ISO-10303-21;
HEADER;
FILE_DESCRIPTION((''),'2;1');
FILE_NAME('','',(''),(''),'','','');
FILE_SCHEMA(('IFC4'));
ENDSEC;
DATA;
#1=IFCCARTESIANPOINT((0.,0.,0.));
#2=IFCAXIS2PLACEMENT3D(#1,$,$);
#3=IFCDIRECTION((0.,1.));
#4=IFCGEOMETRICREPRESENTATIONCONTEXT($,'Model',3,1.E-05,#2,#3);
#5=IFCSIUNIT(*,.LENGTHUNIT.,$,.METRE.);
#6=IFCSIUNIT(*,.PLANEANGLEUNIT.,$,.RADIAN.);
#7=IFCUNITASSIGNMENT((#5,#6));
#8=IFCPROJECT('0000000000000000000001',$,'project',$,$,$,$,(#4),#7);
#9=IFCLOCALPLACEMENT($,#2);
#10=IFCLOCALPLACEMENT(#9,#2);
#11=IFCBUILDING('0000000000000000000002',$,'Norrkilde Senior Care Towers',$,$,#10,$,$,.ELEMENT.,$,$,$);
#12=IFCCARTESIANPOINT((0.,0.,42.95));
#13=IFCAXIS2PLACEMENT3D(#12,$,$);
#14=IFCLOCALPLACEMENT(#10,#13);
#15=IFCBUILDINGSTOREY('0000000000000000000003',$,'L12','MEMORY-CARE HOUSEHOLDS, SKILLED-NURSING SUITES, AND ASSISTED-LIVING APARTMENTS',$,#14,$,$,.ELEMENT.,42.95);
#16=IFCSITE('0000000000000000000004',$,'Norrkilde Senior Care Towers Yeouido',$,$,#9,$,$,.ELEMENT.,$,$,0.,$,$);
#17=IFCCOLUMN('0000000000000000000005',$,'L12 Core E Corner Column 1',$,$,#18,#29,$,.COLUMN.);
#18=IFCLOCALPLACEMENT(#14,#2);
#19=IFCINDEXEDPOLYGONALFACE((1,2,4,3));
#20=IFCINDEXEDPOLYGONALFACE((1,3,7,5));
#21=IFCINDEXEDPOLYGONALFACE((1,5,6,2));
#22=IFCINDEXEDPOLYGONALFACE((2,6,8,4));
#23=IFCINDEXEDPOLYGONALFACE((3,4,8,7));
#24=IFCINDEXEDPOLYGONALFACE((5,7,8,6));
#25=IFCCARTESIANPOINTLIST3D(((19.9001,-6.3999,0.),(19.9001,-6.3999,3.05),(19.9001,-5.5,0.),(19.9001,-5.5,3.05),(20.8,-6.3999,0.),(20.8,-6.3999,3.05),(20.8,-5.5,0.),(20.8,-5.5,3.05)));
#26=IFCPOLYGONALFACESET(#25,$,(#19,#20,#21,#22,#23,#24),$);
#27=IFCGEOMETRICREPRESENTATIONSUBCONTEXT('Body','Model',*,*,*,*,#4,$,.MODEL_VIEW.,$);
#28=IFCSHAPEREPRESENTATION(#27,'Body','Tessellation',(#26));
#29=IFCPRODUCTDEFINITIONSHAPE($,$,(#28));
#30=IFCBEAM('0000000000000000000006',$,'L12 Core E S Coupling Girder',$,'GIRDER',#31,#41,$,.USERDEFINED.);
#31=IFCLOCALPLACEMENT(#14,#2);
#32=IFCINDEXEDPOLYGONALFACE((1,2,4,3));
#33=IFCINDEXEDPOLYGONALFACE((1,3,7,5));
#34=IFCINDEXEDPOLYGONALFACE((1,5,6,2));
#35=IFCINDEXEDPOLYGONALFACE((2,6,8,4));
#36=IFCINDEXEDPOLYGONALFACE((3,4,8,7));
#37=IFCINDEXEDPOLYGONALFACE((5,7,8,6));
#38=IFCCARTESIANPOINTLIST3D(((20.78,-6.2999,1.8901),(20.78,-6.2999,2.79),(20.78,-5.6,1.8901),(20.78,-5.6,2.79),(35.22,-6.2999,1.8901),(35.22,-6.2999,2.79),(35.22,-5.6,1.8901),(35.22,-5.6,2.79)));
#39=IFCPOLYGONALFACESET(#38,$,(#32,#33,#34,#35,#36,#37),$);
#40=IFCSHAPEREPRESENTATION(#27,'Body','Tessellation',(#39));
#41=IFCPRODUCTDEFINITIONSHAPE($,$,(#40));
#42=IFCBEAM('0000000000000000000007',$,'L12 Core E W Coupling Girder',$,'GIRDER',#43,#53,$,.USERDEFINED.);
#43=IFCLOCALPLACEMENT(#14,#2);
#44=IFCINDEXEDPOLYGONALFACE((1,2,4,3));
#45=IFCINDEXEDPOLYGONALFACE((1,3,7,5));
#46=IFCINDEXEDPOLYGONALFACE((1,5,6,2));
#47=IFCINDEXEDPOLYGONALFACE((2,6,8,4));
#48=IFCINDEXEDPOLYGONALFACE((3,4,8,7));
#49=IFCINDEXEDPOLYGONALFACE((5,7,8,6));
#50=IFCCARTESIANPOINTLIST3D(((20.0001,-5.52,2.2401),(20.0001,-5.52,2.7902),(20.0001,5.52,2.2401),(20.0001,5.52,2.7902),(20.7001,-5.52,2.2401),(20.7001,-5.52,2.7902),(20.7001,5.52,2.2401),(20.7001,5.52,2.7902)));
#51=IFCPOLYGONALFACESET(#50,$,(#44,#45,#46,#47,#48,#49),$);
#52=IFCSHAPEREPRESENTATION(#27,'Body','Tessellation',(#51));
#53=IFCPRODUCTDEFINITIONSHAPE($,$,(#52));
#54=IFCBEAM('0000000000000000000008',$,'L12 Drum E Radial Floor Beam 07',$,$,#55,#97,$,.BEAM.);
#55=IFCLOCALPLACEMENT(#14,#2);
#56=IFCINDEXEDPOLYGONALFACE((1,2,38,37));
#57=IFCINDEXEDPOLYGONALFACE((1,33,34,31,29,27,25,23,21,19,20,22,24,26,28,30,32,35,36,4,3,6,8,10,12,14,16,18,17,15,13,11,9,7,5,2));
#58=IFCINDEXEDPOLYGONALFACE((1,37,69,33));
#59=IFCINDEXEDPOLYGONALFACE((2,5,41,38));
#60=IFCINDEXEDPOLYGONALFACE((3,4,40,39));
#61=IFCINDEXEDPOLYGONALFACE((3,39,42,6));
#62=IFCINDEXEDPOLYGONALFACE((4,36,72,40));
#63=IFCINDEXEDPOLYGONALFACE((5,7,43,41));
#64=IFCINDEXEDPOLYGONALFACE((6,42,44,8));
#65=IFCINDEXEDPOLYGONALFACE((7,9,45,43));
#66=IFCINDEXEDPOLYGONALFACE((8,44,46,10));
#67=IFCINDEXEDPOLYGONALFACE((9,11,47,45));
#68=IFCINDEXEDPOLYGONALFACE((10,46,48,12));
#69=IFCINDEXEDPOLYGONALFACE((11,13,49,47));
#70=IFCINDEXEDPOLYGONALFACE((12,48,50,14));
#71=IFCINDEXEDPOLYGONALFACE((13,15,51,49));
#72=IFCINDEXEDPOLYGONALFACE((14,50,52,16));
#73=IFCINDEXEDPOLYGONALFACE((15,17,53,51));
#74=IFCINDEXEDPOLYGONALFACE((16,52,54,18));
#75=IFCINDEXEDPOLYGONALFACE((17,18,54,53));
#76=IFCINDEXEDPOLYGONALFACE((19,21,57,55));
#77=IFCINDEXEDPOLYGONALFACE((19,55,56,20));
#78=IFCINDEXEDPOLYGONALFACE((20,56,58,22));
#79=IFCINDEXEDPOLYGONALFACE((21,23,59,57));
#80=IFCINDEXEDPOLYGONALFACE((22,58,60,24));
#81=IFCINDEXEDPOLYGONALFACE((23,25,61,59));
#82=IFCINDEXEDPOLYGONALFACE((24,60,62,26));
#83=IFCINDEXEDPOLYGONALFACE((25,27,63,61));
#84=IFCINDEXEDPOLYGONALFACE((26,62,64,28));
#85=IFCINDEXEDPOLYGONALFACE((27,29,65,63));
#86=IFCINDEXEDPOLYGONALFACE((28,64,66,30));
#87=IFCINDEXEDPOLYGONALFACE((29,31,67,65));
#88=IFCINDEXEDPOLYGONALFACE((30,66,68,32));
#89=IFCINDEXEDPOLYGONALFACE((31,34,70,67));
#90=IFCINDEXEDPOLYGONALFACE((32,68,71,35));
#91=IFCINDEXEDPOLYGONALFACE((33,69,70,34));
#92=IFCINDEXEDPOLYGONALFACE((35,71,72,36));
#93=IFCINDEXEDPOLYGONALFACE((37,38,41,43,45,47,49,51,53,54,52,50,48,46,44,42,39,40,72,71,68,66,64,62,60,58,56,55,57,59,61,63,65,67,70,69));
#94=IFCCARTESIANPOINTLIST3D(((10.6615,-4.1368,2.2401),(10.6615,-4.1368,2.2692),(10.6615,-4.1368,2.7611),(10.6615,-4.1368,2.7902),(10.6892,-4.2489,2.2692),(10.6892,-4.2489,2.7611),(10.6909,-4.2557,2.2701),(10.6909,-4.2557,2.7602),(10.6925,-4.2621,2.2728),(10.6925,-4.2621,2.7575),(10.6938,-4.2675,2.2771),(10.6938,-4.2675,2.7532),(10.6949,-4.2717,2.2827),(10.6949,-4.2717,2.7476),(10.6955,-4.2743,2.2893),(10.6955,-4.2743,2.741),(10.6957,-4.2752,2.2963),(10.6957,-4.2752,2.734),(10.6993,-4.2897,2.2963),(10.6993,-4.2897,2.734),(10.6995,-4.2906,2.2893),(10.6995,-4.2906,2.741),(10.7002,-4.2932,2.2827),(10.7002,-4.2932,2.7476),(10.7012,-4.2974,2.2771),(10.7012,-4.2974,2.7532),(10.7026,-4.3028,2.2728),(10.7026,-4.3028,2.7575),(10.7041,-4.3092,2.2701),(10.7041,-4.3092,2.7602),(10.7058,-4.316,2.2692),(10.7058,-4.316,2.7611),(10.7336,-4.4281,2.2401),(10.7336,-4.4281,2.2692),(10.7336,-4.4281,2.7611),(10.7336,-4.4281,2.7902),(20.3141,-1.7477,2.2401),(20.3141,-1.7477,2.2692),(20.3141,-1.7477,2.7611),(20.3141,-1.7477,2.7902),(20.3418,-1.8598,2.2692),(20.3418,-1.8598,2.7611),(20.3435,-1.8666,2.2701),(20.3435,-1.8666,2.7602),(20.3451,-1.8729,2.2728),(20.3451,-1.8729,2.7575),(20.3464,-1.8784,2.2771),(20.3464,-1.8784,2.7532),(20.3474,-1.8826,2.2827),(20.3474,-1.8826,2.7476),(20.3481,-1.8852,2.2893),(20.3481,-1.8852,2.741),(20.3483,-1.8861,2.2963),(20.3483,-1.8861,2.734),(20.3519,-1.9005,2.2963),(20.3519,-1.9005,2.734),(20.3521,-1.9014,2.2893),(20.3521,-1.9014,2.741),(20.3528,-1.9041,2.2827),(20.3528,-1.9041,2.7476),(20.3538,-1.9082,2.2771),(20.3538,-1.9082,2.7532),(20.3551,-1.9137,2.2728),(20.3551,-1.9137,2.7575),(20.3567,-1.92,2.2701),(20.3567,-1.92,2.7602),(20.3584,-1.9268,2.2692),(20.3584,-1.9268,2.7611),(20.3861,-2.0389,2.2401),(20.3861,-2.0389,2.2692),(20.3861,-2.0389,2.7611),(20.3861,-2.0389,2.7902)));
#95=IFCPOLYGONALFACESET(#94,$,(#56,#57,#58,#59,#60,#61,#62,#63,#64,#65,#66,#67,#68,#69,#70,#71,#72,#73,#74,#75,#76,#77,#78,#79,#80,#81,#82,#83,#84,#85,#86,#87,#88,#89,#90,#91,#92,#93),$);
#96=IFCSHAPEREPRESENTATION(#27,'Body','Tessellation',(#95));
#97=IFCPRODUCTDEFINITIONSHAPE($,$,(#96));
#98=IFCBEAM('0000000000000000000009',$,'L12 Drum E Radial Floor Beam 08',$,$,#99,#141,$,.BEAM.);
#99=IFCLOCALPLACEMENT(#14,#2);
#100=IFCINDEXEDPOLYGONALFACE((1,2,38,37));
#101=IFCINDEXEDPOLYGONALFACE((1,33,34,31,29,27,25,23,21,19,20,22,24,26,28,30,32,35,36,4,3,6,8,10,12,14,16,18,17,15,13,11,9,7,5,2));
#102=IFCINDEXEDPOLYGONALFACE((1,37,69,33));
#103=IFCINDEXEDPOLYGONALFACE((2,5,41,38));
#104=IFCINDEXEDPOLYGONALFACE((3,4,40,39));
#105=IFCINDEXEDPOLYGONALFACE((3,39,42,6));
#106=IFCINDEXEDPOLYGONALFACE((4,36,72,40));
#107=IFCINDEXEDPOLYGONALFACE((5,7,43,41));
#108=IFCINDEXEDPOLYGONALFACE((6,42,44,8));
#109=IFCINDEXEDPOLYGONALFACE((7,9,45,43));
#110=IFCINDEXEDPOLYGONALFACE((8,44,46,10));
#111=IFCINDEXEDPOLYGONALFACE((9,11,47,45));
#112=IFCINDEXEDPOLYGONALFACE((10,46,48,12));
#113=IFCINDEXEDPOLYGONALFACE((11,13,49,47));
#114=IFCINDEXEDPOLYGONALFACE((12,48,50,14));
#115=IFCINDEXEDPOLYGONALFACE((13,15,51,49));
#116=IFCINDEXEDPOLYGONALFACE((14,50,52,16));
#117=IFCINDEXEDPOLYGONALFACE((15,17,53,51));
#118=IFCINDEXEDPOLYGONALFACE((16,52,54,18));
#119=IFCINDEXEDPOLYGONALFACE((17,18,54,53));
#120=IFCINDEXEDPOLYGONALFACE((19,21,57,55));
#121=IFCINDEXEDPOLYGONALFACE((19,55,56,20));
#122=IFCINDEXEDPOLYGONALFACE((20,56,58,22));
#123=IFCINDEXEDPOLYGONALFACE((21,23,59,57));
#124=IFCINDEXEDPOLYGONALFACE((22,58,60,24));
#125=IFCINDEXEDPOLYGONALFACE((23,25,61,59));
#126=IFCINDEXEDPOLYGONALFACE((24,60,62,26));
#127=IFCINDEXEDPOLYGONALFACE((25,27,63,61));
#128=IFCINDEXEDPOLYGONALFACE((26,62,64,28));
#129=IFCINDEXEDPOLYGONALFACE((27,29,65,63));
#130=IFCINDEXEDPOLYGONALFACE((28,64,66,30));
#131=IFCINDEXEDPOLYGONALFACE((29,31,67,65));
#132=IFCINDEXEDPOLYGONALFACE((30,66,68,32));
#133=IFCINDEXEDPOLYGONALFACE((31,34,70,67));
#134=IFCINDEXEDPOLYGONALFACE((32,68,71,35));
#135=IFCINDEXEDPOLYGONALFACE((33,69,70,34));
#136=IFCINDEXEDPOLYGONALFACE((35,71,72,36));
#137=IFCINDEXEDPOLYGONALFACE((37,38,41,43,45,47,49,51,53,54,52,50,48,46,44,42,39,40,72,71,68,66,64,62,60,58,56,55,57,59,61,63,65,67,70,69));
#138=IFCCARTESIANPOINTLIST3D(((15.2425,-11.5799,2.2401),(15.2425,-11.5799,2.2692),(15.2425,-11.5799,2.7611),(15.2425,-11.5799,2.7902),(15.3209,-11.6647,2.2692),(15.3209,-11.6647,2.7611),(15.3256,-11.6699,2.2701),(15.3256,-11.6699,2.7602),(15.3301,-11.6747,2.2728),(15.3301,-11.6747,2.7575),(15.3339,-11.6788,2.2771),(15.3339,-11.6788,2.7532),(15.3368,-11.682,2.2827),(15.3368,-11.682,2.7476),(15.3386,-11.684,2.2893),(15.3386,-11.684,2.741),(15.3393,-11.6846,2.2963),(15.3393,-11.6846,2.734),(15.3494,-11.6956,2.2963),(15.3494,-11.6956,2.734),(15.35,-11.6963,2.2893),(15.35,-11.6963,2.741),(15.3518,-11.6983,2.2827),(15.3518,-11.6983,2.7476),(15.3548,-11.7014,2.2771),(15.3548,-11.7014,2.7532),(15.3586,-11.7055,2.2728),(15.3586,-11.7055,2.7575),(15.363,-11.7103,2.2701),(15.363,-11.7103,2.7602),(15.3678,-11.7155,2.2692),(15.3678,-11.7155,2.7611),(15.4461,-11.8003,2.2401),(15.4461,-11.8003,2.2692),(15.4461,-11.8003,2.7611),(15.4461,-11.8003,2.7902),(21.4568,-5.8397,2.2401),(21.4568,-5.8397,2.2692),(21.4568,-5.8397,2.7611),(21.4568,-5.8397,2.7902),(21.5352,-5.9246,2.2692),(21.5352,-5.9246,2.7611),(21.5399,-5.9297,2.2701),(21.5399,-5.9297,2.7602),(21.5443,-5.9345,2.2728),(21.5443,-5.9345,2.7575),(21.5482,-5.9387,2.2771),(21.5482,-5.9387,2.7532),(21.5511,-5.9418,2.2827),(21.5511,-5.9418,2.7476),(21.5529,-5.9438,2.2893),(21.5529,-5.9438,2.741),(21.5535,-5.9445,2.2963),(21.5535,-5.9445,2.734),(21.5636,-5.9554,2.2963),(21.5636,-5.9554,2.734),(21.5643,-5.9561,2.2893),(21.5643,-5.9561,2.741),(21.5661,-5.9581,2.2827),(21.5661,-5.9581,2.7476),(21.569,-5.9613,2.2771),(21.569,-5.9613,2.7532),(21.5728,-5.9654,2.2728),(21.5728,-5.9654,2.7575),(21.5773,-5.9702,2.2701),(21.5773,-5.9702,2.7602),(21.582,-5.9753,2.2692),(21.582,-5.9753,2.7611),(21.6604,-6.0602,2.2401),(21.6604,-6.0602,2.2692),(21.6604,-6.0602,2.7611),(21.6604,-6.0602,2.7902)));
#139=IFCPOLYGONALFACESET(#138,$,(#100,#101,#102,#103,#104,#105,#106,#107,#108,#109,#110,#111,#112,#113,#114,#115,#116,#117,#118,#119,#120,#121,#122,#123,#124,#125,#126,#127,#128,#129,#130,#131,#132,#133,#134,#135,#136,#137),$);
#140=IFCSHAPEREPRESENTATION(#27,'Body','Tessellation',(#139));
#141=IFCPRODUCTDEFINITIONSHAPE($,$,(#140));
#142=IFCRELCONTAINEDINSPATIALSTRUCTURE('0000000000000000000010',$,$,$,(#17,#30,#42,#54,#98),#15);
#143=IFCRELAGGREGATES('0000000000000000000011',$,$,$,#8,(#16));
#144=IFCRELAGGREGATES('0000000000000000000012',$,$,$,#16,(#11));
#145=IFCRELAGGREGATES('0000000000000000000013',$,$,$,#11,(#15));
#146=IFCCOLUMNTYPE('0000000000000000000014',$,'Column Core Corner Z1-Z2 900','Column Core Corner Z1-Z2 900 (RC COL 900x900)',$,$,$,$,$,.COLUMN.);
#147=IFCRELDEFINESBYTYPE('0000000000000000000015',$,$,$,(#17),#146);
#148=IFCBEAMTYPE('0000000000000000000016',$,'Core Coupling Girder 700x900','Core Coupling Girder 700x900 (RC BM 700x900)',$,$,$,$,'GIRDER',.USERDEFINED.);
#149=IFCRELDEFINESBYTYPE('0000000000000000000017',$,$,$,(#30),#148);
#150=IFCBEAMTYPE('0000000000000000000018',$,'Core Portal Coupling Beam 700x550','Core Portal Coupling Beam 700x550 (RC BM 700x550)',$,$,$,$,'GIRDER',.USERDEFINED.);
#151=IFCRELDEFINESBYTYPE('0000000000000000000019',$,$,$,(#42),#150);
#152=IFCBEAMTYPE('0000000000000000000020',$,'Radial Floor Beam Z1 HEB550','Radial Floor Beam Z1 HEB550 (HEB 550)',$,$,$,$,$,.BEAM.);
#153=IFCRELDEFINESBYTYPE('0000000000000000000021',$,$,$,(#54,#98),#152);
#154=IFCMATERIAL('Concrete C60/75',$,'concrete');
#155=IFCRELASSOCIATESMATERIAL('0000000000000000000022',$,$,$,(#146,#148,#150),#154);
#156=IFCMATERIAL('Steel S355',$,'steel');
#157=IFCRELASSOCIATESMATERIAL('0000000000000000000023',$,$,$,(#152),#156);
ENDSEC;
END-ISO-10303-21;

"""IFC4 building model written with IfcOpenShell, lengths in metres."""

from ifc_helpers import new_model, si_unit, direction, frame, origin, origin_2d, place, context, subcontext, project, spatial, rectangle, i_section, extrude, source, transform, mapped, material, material_profile, profile_set, type_object, type_shapes, element, save


model = new_model("IFC4")

# Units and contexts
model_context = context("Model", 3, precision=1e-05, world=origin(), true_north=direction((0.0, 1.0)))
body_context = subcontext(model_context, "Body", "Model", "MODEL_VIEW")
ifc_project = project(units=[si_unit("LENGTHUNIT", "METRE"), si_unit("PLANEANGLEUNIT", "RADIAN")], contexts=[model_context])

# Site, building, storey
site_placement = place(None, origin())
site = spatial("IfcSite", under=ifc_project, at=site_placement, Name="Norrkilde Senior Care Towers Yeouido", CompositionType="ELEMENT", RefElevation=0.0)
building_placement = place(site_placement, origin())
building = spatial("IfcBuilding", under=site, at=building_placement, Name="Norrkilde Senior Care Towers", CompositionType="ELEMENT")
storey_placement = place(building_placement, frame((0.0, 0.0, 42.95)))
storey = spatial("IfcBuildingStorey", under=building, at=storey_placement, Name="L12", Description="MEMORY-CARE HOUSEHOLDS, SKILLED-NURSING SUITES, AND ASSISTED-LIVING APARTMENTS", CompositionType="ELEMENT", Elevation=42.95)

# Column
ifc_material_1 = material(Name="Concrete C60/75", Category="concrete")
ifc_material_profile_1 = material_profile(ifc_material_1, rectangle(XDim=0.8999, YDim=0.8999, at=origin_2d()), Name="RC COL 900x900")
ifc_profile_set_1 = profile_set([ifc_material_profile_1], Name="Concrete C60/75")
column_type = type_object("IfcColumnType", Name="Column Core Corner Z1-Z2 900", Description="Column Core Corner Z1-Z2 900 (RC COL 900x900)", PredefinedType="COLUMN", material=ifc_profile_set_1)
shared_shape_1 = source(origin(), body_context, "Body", "SweptSolid", [
    extrude(rectangle(XDim=0.8999, YDim=0.8999, at=origin_2d()), origin(), (0.0, 0.0, 1.0), 3.05),
])
type_shapes(column_type, [shared_shape_1])
column_placement = place(storey_placement, frame((20.3501, -5.95, 0.0), z_axis=(0.0, 0.0, 1.0), x_axis=(1.0, 0.0, 0.0)))
element("IfcColumn", 1, at=column_placement, inside=storey, type_object=column_type, Name="L12 Core E Corner Column 1", PredefinedType="COLUMN", context=body_context, shape_type="MappedRepresentation", body=[
    mapped(shared_shape_1, transform((0.0, 0.0, 0.0), x_axis=(1.0, 0.0, 0.0), y_axis=(0.0, 1.0, 0.0), z_axis=(0.0, 0.0, 1.0), scale=1.0)),
])

# Beams
ifc_material_profile_2 = material_profile(ifc_material_1, rectangle(XDim=0.7, YDim=0.8999, at=origin_2d()), Name="RC BM 700x900")
ifc_profile_set_2 = profile_set([ifc_material_profile_2], Name="Concrete C60/75")
beam_type_1 = type_object("IfcBeamType", Name="Core Coupling Girder 700x900", Description="Core Coupling Girder 700x900 (RC BM 700x900)", ElementType="GIRDER", PredefinedType="USERDEFINED", material=ifc_profile_set_2)
shared_shape_2 = source(origin(), body_context, "Body", "SweptSolid", [
    extrude(rectangle(XDim=0.7, YDim=0.8999, at=origin_2d()), origin(), (0.0, 0.0, 1.0), 14.4399),
])
type_shapes(beam_type_1, [shared_shape_2])
beam_1_placement = place(storey_placement, frame((20.78, -5.95, 2.3401), z_axis=(1.0, 0.0, 0.0), x_axis=(0.0, 1.0, 0.0)))
element("IfcBeam", 2, at=beam_1_placement, inside=storey, type_object=beam_type_1, Name="L12 Core E S Coupling Girder", ObjectType="GIRDER", PredefinedType="USERDEFINED", context=body_context, shape_type="MappedRepresentation", body=[
    mapped(shared_shape_2, transform((0.0, 0.0, 0.0), x_axis=(1.0, 0.0, 0.0), y_axis=(0.0, 1.0, 0.0), z_axis=(0.0, 0.0, 1.0), scale=1.0)),
])
ifc_material_profile_3 = material_profile(ifc_material_1, rectangle(XDim=0.7, YDim=0.55, at=origin_2d()), Name="RC BM 700x550")
ifc_profile_set_3 = profile_set([ifc_material_profile_3], Name="Concrete C60/75")
beam_type_2 = type_object("IfcBeamType", Name="Core Portal Coupling Beam 700x550", Description="Core Portal Coupling Beam 700x550 (RC BM 700x550)", ElementType="GIRDER", PredefinedType="USERDEFINED", material=ifc_profile_set_3)
shared_shape_3 = source(origin(), body_context, "Body", "SweptSolid", [
    extrude(rectangle(XDim=0.7, YDim=0.55, at=origin_2d()), origin(), (0.0, 0.0, 1.0), 11.04),
])
type_shapes(beam_type_2, [shared_shape_3])
beam_2_placement = place(storey_placement, frame((20.3501, -5.52, 2.5151), z_axis=(0.0, 1.0, 0.0), x_axis=(-1.0, 0.0, 0.0)))
element("IfcBeam", 3, at=beam_2_placement, inside=storey, type_object=beam_type_2, Name="L12 Core E W Coupling Girder", ObjectType="GIRDER", PredefinedType="USERDEFINED", context=body_context, shape_type="MappedRepresentation", body=[
    mapped(shared_shape_3, transform((0.0, 0.0, 0.0), x_axis=(1.0, 0.0, 0.0), y_axis=(0.0, 1.0, 0.0), z_axis=(0.0, 0.0, 1.0), scale=1.0)),
])
ifc_material_2 = material(Name="Steel S355", Category="steel")
ifc_material_profile_4 = material_profile(ifc_material_2, i_section(OverallWidth=0.3, OverallDepth=0.55, WebThickness=0.0149, FlangeThickness=0.0291, FilletRadius=0.0271, at=origin_2d()), Name="HEB 550")
ifc_profile_set_4 = profile_set([ifc_material_profile_4], Name="Steel S355")
beam_type_3 = type_object("IfcBeamType", Name="Radial Floor Beam Z1 HEB550", Description="Radial Floor Beam Z1 HEB550 (HEB 550)", PredefinedType="BEAM", material=ifc_profile_set_4)
shared_shape_4 = source(origin(), body_context, "Body", "SweptSolid", [
    extrude(i_section(OverallWidth=0.3, OverallDepth=0.55, WebThickness=0.0149, FlangeThickness=0.0291, FilletRadius=0.0271, at=origin_2d()), origin(), (0.0, 0.0, 1.0), 9.9438),
])
beam_3_placement = place(storey_placement, frame((20.3501, -1.8933, 2.5151), z_axis=(-0.970707, -0.240265, 0.0), x_axis=(0.240265, -0.970707, 0.0)))
element("IfcBeam", 4, at=beam_3_placement, inside=storey, type_object=beam_type_3, Name="L12 Drum E Radial Floor Beam 07", PredefinedType="BEAM", context=body_context, shape_type="MappedRepresentation", body=[
    mapped(shared_shape_4, transform((0.0, 0.0, 0.0), x_axis=(1.0, 0.0, 0.0), y_axis=(0.0, 1.0, 0.0), z_axis=(0.0, 0.0, 1.0), scale=1.0)),
])
shared_shape_5 = source(origin(), body_context, "Body", "SweptSolid", [
    extrude(i_section(OverallWidth=0.3, OverallDepth=0.55, WebThickness=0.0149, FlangeThickness=0.0291, FilletRadius=0.0271, at=origin_2d()), origin(), (0.0, 0.0, 1.0), 8.4597),
])
type_shapes(beam_type_3, [shared_shape_4, shared_shape_5])
beam_4_placement = place(storey_placement, frame((21.5586, -5.95, 2.5151), z_axis=(-0.734573, -0.678529, 0.0), x_axis=(0.678529, -0.734573, 0.0)))
element("IfcBeam", 5, at=beam_4_placement, inside=storey, type_object=beam_type_3, Name="L12 Drum E Radial Floor Beam 08", PredefinedType="BEAM", context=body_context, shape_type="MappedRepresentation", body=[
    mapped(shared_shape_5, transform((0.0, 0.0, 0.0), x_axis=(1.0, 0.0, 0.0), y_axis=(0.0, 1.0, 0.0), z_axis=(0.0, 0.0, 1.0), scale=1.0)),
])

save(model, "model.ifc")
